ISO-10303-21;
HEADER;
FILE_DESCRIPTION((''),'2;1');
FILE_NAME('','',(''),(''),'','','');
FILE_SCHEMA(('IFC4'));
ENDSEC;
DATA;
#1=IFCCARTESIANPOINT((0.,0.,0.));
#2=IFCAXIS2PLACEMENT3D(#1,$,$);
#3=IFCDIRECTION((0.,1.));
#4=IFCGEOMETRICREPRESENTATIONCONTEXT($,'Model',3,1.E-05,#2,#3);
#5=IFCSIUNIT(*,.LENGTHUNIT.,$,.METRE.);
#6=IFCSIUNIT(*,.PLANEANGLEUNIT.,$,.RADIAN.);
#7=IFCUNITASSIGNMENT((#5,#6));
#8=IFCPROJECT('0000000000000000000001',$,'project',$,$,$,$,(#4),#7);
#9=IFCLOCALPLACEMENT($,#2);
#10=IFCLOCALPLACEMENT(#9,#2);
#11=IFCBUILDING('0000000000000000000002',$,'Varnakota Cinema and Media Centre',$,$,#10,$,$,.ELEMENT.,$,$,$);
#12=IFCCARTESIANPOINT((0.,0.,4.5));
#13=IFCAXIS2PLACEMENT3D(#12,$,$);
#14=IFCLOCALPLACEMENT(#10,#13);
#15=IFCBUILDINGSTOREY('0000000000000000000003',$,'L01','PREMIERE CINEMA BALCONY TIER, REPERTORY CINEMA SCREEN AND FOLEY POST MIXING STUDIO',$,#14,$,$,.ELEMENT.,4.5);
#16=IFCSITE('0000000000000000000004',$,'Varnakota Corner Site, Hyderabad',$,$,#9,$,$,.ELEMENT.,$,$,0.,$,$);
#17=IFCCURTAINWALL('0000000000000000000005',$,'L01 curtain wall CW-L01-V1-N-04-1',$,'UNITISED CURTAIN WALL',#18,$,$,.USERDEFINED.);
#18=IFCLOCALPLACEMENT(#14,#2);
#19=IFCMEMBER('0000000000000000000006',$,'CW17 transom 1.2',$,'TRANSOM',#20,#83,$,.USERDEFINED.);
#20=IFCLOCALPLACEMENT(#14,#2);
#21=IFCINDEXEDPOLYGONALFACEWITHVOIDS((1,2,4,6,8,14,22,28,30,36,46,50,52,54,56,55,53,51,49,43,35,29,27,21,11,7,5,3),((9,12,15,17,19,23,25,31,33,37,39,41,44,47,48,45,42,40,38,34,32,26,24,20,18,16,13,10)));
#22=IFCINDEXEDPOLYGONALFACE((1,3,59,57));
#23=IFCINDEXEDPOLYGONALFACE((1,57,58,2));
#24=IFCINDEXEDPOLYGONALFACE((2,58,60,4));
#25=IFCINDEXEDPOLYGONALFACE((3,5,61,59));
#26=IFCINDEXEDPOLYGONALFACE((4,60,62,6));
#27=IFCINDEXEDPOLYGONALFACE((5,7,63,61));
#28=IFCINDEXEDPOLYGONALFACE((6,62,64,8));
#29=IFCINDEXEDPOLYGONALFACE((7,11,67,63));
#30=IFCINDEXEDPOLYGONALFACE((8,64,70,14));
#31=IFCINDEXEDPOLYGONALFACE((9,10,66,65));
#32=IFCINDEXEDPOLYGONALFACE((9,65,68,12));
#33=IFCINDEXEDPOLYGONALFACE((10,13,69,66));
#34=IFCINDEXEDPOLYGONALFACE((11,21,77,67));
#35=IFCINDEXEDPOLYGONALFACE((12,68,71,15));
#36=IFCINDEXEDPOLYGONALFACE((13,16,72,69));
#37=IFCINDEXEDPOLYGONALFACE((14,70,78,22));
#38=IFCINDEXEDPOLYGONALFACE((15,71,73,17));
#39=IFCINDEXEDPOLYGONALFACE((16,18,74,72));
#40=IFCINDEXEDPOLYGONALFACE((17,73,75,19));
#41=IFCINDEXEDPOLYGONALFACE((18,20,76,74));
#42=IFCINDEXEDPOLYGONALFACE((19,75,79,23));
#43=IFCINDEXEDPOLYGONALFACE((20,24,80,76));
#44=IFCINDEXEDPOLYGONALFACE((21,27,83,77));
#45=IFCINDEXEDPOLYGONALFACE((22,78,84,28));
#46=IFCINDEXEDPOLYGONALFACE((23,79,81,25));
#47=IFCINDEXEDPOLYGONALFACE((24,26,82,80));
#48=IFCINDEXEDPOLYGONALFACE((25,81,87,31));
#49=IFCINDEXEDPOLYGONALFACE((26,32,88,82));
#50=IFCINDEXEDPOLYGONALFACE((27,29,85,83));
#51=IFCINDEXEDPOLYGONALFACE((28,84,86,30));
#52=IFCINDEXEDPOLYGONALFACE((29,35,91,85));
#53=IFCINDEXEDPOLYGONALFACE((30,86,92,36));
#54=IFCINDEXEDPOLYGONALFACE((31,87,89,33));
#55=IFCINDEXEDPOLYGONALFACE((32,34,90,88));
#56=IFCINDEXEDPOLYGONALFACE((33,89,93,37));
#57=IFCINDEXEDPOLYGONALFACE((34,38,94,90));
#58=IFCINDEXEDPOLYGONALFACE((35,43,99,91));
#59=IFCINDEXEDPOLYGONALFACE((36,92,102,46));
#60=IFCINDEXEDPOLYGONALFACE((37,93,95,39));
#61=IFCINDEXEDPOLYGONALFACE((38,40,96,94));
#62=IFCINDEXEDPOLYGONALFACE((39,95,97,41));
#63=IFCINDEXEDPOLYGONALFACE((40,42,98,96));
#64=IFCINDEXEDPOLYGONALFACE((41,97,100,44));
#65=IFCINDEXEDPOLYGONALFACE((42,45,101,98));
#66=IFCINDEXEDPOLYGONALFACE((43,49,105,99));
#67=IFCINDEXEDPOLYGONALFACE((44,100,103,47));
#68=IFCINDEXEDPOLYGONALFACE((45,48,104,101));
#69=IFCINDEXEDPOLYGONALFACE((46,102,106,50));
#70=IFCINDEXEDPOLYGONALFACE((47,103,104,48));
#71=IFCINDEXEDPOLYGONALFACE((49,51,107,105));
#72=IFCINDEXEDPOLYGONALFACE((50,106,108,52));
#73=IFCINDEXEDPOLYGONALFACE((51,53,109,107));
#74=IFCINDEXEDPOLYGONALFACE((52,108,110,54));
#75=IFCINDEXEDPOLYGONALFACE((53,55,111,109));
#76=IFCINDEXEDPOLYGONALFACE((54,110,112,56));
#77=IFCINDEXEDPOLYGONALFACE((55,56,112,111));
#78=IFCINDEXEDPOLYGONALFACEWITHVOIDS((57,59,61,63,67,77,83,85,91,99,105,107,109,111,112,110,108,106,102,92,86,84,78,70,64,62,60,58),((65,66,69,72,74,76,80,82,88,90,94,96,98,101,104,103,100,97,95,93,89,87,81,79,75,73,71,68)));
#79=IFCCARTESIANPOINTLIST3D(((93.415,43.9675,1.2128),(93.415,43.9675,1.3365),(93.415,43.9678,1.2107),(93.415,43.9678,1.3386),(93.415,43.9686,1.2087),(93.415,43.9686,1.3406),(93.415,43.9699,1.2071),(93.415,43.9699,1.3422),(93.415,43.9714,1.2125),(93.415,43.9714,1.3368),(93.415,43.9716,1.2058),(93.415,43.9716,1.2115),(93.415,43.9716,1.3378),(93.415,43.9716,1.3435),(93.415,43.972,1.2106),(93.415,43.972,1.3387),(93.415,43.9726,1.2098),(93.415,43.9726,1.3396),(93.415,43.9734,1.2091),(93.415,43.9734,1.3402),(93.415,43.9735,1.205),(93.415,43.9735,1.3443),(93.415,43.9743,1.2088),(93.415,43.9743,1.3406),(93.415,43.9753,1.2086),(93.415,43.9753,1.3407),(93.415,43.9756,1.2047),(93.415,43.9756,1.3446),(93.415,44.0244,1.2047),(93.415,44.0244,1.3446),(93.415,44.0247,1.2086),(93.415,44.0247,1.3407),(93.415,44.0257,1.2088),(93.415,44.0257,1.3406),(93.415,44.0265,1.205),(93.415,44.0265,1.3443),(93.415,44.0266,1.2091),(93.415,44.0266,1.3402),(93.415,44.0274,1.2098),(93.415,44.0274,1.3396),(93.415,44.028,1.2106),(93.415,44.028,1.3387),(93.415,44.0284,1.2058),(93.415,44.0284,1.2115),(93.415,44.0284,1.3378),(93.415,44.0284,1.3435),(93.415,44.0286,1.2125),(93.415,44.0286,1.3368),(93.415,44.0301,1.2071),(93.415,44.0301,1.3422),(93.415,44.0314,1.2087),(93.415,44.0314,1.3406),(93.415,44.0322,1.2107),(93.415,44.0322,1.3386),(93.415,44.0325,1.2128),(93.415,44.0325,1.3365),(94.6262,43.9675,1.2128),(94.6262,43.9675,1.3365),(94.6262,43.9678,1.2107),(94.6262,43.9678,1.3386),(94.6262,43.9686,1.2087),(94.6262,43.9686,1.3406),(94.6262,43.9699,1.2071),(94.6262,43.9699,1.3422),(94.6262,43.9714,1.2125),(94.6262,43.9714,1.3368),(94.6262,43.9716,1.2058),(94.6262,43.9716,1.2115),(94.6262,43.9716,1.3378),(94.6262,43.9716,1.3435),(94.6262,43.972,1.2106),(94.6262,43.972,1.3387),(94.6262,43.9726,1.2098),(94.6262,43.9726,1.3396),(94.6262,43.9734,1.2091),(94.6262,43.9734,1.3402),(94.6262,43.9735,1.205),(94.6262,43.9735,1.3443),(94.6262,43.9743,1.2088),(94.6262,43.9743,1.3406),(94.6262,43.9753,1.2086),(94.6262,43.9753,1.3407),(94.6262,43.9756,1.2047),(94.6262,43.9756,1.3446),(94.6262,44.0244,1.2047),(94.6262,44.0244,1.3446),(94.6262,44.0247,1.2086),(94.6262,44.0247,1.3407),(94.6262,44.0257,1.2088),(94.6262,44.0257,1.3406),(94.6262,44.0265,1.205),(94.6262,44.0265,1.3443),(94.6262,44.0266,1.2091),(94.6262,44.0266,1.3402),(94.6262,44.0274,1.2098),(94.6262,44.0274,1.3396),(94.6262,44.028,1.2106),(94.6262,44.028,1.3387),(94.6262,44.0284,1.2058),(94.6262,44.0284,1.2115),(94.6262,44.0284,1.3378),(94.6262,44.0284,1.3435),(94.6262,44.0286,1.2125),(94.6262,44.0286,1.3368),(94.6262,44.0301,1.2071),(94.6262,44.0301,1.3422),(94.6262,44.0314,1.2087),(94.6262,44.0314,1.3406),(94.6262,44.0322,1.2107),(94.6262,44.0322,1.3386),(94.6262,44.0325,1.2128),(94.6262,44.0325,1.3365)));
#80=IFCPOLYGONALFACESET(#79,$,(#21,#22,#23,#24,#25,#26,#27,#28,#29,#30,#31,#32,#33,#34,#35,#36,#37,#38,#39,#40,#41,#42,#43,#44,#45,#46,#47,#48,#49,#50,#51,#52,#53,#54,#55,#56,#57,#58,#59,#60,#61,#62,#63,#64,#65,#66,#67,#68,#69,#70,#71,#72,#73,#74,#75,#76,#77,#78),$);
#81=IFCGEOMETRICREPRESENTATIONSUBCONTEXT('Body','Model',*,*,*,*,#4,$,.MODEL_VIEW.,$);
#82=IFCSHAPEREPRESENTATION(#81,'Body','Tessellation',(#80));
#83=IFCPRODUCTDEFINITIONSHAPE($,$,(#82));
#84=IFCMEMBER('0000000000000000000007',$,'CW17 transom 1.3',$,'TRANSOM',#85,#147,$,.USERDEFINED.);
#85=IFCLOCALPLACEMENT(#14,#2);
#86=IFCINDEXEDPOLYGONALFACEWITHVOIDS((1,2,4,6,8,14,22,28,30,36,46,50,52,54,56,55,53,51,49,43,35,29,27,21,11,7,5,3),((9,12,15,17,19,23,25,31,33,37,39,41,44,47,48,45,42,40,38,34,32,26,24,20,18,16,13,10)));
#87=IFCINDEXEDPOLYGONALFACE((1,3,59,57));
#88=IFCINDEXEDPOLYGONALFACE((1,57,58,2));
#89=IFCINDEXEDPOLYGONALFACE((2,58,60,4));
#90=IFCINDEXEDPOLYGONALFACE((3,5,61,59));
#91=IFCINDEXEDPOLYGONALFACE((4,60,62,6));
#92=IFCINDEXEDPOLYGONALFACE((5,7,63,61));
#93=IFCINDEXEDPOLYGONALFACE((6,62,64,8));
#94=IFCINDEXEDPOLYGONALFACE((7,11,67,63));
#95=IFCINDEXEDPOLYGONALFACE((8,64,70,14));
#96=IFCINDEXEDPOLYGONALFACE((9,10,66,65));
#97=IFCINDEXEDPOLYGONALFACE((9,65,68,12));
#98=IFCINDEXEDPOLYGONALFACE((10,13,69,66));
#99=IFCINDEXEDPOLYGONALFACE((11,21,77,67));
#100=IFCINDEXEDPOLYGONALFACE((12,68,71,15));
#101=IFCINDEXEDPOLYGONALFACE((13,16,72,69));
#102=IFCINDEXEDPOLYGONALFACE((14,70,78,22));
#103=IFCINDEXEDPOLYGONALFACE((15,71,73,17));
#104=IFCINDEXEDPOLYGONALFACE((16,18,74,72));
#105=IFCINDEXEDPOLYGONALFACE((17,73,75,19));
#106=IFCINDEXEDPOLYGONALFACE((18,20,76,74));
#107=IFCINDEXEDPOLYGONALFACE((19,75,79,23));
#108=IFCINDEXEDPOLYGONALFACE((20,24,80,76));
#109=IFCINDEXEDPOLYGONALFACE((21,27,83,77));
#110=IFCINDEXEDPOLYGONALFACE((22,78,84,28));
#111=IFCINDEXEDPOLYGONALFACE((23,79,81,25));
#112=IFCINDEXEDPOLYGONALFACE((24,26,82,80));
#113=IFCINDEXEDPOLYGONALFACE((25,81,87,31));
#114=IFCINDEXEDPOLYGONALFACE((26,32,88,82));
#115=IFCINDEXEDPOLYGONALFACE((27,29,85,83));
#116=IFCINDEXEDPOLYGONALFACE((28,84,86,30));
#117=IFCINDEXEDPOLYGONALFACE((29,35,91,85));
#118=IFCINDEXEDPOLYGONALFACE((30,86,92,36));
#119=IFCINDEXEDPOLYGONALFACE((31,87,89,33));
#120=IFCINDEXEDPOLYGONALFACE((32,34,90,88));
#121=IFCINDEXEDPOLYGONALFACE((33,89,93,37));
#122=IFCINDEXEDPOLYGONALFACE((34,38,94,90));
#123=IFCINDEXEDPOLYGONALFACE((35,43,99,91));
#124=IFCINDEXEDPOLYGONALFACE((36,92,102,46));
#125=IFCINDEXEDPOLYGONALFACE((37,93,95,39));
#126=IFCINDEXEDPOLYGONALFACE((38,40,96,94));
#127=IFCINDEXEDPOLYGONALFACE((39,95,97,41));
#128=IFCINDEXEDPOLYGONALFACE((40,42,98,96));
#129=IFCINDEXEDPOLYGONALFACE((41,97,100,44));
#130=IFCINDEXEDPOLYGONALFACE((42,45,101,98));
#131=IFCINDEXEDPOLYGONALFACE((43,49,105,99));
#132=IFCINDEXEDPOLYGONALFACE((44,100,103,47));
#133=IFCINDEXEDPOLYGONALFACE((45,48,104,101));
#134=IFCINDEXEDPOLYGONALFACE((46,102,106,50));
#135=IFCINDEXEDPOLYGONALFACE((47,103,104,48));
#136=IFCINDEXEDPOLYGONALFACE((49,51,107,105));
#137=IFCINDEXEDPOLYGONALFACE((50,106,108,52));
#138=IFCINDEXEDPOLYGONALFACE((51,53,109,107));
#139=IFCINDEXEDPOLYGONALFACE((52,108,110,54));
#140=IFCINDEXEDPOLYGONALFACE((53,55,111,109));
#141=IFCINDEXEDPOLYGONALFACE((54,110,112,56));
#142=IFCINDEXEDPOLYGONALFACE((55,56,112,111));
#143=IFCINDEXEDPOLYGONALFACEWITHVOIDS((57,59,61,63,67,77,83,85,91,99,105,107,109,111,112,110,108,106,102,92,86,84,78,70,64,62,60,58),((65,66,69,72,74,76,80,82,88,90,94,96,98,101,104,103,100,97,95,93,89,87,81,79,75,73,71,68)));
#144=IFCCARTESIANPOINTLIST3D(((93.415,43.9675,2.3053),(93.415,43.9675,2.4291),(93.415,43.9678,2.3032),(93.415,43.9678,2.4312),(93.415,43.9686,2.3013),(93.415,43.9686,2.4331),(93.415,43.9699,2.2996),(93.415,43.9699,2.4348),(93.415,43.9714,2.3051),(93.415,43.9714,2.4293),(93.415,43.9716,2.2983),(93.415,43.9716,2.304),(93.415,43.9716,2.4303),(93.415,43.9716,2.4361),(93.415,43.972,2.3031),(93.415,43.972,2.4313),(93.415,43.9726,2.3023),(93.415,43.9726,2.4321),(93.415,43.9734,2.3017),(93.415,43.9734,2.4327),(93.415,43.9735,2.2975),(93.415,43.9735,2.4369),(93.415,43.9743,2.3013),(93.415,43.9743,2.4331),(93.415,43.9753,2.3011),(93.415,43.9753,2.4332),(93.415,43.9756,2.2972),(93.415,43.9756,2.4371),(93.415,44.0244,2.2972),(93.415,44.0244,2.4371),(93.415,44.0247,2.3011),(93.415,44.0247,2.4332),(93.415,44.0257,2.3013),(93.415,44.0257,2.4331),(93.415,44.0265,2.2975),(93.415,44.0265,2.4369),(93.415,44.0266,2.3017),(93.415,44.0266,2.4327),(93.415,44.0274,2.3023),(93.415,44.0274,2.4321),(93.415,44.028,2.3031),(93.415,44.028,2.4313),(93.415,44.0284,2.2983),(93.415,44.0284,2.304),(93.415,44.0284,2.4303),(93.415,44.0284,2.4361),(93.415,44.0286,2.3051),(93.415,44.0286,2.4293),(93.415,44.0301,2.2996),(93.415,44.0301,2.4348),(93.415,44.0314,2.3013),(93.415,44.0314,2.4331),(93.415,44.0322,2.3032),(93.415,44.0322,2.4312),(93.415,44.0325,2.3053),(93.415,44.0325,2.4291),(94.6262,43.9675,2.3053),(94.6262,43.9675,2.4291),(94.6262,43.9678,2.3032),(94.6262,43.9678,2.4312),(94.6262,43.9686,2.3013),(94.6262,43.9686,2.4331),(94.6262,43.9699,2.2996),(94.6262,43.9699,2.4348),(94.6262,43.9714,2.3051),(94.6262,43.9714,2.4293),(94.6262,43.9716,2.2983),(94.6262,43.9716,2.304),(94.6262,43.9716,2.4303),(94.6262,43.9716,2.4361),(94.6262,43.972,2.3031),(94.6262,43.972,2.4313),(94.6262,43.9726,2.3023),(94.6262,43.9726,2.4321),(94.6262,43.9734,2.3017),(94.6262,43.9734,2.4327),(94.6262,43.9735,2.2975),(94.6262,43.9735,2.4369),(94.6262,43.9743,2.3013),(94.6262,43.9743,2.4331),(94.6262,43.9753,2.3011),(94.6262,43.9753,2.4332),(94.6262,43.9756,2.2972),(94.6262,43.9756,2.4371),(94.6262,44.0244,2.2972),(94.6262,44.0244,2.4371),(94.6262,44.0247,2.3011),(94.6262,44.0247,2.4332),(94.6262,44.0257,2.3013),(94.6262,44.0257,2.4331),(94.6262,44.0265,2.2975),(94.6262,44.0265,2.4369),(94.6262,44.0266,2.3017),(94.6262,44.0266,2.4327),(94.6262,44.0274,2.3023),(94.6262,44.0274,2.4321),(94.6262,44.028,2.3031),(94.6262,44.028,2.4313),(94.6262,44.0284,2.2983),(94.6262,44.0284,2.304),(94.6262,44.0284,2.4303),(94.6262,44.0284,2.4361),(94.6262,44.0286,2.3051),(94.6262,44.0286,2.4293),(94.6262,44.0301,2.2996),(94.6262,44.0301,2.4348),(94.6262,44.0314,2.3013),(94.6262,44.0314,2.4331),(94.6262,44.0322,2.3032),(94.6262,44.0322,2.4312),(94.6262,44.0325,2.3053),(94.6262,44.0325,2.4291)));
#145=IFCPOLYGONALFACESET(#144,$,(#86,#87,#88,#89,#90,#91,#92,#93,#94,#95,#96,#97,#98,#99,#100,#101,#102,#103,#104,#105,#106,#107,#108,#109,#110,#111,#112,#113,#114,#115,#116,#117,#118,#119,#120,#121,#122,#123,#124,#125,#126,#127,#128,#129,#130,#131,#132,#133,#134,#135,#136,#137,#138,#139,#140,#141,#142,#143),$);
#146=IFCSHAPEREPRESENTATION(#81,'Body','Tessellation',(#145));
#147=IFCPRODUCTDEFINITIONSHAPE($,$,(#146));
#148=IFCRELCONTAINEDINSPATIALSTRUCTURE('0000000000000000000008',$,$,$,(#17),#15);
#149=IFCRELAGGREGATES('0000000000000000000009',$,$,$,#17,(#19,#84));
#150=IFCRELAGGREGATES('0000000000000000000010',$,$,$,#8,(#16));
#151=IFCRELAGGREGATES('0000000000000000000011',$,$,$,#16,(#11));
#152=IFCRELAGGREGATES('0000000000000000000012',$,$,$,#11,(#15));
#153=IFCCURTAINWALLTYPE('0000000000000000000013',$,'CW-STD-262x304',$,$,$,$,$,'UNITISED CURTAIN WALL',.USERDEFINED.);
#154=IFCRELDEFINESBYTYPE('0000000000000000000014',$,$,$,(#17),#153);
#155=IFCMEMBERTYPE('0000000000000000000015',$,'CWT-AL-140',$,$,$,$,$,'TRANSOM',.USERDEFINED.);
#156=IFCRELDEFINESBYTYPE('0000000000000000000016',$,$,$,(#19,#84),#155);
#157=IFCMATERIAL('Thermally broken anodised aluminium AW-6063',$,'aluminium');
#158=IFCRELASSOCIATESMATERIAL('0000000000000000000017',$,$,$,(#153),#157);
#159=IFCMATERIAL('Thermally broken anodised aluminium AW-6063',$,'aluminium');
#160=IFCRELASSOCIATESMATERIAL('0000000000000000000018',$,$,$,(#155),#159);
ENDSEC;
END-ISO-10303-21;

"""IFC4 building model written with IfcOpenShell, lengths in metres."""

from ifc_helpers import new_model, si_unit, direction, frame, origin, origin_2d, place, context, subcontext, project, spatial, hollow_rectangle, extrude, material, material_profile, profile_set, type_object, element, aggregate, save


model = new_model("IFC4")

# Units and contexts
model_context = context("Model", 3, precision=1e-05, world=origin(), true_north=direction((0.0, 1.0)))
body_context = subcontext(model_context, "Body", "Model", "MODEL_VIEW")
ifc_project = project(units=[si_unit("LENGTHUNIT", "METRE"), si_unit("PLANEANGLEUNIT", "RADIAN")], contexts=[model_context])

# Site, building, storey
site_placement = place(None, origin())
site = spatial("IfcSite", under=ifc_project, at=site_placement, Name="Varnakota Corner Site, Hyderabad", CompositionType="ELEMENT", RefElevation=0.0)
building_placement = place(site_placement, origin())
building = spatial("IfcBuilding", under=site, at=building_placement, Name="Varnakota Cinema and Media Centre", CompositionType="ELEMENT")
storey_placement = place(building_placement, frame((0.0, 0.0, 4.5)))
storey = spatial("IfcBuildingStorey", under=building, at=storey_placement, Name="L01", Description="PREMIERE CINEMA BALCONY TIER, REPERTORY CINEMA SCREEN AND FOLEY POST MIXING STUDIO", CompositionType="ELEMENT", Elevation=4.5)

# Shared definitions
ifc_material_1 = material(Name="Thermally broken anodised aluminium AW-6063", Category="aluminium")
curtain_wall_type = type_object("IfcCurtainWallType", Name="CW-STD-262x304", ElementType="UNITISED CURTAIN WALL", PredefinedType="USERDEFINED", material=ifc_material_1)

# Curtain wall
curtain_wall_1_placement = place(storey_placement, origin())
curtain_wall_1 = element("IfcCurtainWall", 1, at=curtain_wall_1_placement, inside=storey, type_object=curtain_wall_type, Name="L01 curtain wall CW-L01-V1-N-04-1", ObjectType="UNITISED CURTAIN WALL", PredefinedType="USERDEFINED")

# Members
ifc_material_2 = material(Name="Thermally broken anodised aluminium AW-6063", Category="aluminium")
ifc_material_profile_1 = material_profile(ifc_material_2, hollow_rectangle(XDim=0.0649, YDim=0.1399, WallThickness=0.0039, InnerFilletRadius=0.0039, OuterFilletRadius=0.0081, at=origin_2d()), Name="AL-TRANSOM 140x65x4")
ifc_profile_set_1 = profile_set([ifc_material_profile_1], Name="Thermally broken anodised aluminium AW-6063")
member_type_1 = type_object("IfcMemberType", Name="CWT-AL-140", ElementType="TRANSOM", PredefinedType="USERDEFINED", material=ifc_profile_set_1)
member_1_placement = place(storey_placement, frame((93.415, 44.0, 1.2747), z_axis=(1.0, 0.0, 0.0), x_axis=(0.0, 1.0, 0.0)))
member_1 = element("IfcMember", 2, at=member_1_placement, type_object=member_type_1, Name="CW17 transom 1.2", ObjectType="TRANSOM", PredefinedType="USERDEFINED", context=body_context, shape_type="SweptSolid", body=[
    extrude(hollow_rectangle(XDim=0.0649, YDim=0.1399, WallThickness=0.0039, InnerFilletRadius=0.0039, OuterFilletRadius=0.0081, at=origin_2d()), origin(), (0.0, 0.0, 1.0), 1.2112),
])
member_2_placement = place(storey_placement, frame((93.415, 44.0, 2.3672), z_axis=(1.0, 0.0, 0.0), x_axis=(0.0, 1.0, 0.0)))
member_2 = element("IfcMember", 3, at=member_2_placement, type_object=member_type_1, Name="CW17 transom 1.3", ObjectType="TRANSOM", PredefinedType="USERDEFINED", context=body_context, shape_type="SweptSolid", body=[
    extrude(hollow_rectangle(XDim=0.0649, YDim=0.1399, WallThickness=0.0039, InnerFilletRadius=0.0039, OuterFilletRadius=0.0081, at=origin_2d()), origin(), (0.0, 0.0, 1.0), 1.2112),
])

aggregate(curtain_wall_1, [member_1, member_2])

save(model, "model.ifc")
